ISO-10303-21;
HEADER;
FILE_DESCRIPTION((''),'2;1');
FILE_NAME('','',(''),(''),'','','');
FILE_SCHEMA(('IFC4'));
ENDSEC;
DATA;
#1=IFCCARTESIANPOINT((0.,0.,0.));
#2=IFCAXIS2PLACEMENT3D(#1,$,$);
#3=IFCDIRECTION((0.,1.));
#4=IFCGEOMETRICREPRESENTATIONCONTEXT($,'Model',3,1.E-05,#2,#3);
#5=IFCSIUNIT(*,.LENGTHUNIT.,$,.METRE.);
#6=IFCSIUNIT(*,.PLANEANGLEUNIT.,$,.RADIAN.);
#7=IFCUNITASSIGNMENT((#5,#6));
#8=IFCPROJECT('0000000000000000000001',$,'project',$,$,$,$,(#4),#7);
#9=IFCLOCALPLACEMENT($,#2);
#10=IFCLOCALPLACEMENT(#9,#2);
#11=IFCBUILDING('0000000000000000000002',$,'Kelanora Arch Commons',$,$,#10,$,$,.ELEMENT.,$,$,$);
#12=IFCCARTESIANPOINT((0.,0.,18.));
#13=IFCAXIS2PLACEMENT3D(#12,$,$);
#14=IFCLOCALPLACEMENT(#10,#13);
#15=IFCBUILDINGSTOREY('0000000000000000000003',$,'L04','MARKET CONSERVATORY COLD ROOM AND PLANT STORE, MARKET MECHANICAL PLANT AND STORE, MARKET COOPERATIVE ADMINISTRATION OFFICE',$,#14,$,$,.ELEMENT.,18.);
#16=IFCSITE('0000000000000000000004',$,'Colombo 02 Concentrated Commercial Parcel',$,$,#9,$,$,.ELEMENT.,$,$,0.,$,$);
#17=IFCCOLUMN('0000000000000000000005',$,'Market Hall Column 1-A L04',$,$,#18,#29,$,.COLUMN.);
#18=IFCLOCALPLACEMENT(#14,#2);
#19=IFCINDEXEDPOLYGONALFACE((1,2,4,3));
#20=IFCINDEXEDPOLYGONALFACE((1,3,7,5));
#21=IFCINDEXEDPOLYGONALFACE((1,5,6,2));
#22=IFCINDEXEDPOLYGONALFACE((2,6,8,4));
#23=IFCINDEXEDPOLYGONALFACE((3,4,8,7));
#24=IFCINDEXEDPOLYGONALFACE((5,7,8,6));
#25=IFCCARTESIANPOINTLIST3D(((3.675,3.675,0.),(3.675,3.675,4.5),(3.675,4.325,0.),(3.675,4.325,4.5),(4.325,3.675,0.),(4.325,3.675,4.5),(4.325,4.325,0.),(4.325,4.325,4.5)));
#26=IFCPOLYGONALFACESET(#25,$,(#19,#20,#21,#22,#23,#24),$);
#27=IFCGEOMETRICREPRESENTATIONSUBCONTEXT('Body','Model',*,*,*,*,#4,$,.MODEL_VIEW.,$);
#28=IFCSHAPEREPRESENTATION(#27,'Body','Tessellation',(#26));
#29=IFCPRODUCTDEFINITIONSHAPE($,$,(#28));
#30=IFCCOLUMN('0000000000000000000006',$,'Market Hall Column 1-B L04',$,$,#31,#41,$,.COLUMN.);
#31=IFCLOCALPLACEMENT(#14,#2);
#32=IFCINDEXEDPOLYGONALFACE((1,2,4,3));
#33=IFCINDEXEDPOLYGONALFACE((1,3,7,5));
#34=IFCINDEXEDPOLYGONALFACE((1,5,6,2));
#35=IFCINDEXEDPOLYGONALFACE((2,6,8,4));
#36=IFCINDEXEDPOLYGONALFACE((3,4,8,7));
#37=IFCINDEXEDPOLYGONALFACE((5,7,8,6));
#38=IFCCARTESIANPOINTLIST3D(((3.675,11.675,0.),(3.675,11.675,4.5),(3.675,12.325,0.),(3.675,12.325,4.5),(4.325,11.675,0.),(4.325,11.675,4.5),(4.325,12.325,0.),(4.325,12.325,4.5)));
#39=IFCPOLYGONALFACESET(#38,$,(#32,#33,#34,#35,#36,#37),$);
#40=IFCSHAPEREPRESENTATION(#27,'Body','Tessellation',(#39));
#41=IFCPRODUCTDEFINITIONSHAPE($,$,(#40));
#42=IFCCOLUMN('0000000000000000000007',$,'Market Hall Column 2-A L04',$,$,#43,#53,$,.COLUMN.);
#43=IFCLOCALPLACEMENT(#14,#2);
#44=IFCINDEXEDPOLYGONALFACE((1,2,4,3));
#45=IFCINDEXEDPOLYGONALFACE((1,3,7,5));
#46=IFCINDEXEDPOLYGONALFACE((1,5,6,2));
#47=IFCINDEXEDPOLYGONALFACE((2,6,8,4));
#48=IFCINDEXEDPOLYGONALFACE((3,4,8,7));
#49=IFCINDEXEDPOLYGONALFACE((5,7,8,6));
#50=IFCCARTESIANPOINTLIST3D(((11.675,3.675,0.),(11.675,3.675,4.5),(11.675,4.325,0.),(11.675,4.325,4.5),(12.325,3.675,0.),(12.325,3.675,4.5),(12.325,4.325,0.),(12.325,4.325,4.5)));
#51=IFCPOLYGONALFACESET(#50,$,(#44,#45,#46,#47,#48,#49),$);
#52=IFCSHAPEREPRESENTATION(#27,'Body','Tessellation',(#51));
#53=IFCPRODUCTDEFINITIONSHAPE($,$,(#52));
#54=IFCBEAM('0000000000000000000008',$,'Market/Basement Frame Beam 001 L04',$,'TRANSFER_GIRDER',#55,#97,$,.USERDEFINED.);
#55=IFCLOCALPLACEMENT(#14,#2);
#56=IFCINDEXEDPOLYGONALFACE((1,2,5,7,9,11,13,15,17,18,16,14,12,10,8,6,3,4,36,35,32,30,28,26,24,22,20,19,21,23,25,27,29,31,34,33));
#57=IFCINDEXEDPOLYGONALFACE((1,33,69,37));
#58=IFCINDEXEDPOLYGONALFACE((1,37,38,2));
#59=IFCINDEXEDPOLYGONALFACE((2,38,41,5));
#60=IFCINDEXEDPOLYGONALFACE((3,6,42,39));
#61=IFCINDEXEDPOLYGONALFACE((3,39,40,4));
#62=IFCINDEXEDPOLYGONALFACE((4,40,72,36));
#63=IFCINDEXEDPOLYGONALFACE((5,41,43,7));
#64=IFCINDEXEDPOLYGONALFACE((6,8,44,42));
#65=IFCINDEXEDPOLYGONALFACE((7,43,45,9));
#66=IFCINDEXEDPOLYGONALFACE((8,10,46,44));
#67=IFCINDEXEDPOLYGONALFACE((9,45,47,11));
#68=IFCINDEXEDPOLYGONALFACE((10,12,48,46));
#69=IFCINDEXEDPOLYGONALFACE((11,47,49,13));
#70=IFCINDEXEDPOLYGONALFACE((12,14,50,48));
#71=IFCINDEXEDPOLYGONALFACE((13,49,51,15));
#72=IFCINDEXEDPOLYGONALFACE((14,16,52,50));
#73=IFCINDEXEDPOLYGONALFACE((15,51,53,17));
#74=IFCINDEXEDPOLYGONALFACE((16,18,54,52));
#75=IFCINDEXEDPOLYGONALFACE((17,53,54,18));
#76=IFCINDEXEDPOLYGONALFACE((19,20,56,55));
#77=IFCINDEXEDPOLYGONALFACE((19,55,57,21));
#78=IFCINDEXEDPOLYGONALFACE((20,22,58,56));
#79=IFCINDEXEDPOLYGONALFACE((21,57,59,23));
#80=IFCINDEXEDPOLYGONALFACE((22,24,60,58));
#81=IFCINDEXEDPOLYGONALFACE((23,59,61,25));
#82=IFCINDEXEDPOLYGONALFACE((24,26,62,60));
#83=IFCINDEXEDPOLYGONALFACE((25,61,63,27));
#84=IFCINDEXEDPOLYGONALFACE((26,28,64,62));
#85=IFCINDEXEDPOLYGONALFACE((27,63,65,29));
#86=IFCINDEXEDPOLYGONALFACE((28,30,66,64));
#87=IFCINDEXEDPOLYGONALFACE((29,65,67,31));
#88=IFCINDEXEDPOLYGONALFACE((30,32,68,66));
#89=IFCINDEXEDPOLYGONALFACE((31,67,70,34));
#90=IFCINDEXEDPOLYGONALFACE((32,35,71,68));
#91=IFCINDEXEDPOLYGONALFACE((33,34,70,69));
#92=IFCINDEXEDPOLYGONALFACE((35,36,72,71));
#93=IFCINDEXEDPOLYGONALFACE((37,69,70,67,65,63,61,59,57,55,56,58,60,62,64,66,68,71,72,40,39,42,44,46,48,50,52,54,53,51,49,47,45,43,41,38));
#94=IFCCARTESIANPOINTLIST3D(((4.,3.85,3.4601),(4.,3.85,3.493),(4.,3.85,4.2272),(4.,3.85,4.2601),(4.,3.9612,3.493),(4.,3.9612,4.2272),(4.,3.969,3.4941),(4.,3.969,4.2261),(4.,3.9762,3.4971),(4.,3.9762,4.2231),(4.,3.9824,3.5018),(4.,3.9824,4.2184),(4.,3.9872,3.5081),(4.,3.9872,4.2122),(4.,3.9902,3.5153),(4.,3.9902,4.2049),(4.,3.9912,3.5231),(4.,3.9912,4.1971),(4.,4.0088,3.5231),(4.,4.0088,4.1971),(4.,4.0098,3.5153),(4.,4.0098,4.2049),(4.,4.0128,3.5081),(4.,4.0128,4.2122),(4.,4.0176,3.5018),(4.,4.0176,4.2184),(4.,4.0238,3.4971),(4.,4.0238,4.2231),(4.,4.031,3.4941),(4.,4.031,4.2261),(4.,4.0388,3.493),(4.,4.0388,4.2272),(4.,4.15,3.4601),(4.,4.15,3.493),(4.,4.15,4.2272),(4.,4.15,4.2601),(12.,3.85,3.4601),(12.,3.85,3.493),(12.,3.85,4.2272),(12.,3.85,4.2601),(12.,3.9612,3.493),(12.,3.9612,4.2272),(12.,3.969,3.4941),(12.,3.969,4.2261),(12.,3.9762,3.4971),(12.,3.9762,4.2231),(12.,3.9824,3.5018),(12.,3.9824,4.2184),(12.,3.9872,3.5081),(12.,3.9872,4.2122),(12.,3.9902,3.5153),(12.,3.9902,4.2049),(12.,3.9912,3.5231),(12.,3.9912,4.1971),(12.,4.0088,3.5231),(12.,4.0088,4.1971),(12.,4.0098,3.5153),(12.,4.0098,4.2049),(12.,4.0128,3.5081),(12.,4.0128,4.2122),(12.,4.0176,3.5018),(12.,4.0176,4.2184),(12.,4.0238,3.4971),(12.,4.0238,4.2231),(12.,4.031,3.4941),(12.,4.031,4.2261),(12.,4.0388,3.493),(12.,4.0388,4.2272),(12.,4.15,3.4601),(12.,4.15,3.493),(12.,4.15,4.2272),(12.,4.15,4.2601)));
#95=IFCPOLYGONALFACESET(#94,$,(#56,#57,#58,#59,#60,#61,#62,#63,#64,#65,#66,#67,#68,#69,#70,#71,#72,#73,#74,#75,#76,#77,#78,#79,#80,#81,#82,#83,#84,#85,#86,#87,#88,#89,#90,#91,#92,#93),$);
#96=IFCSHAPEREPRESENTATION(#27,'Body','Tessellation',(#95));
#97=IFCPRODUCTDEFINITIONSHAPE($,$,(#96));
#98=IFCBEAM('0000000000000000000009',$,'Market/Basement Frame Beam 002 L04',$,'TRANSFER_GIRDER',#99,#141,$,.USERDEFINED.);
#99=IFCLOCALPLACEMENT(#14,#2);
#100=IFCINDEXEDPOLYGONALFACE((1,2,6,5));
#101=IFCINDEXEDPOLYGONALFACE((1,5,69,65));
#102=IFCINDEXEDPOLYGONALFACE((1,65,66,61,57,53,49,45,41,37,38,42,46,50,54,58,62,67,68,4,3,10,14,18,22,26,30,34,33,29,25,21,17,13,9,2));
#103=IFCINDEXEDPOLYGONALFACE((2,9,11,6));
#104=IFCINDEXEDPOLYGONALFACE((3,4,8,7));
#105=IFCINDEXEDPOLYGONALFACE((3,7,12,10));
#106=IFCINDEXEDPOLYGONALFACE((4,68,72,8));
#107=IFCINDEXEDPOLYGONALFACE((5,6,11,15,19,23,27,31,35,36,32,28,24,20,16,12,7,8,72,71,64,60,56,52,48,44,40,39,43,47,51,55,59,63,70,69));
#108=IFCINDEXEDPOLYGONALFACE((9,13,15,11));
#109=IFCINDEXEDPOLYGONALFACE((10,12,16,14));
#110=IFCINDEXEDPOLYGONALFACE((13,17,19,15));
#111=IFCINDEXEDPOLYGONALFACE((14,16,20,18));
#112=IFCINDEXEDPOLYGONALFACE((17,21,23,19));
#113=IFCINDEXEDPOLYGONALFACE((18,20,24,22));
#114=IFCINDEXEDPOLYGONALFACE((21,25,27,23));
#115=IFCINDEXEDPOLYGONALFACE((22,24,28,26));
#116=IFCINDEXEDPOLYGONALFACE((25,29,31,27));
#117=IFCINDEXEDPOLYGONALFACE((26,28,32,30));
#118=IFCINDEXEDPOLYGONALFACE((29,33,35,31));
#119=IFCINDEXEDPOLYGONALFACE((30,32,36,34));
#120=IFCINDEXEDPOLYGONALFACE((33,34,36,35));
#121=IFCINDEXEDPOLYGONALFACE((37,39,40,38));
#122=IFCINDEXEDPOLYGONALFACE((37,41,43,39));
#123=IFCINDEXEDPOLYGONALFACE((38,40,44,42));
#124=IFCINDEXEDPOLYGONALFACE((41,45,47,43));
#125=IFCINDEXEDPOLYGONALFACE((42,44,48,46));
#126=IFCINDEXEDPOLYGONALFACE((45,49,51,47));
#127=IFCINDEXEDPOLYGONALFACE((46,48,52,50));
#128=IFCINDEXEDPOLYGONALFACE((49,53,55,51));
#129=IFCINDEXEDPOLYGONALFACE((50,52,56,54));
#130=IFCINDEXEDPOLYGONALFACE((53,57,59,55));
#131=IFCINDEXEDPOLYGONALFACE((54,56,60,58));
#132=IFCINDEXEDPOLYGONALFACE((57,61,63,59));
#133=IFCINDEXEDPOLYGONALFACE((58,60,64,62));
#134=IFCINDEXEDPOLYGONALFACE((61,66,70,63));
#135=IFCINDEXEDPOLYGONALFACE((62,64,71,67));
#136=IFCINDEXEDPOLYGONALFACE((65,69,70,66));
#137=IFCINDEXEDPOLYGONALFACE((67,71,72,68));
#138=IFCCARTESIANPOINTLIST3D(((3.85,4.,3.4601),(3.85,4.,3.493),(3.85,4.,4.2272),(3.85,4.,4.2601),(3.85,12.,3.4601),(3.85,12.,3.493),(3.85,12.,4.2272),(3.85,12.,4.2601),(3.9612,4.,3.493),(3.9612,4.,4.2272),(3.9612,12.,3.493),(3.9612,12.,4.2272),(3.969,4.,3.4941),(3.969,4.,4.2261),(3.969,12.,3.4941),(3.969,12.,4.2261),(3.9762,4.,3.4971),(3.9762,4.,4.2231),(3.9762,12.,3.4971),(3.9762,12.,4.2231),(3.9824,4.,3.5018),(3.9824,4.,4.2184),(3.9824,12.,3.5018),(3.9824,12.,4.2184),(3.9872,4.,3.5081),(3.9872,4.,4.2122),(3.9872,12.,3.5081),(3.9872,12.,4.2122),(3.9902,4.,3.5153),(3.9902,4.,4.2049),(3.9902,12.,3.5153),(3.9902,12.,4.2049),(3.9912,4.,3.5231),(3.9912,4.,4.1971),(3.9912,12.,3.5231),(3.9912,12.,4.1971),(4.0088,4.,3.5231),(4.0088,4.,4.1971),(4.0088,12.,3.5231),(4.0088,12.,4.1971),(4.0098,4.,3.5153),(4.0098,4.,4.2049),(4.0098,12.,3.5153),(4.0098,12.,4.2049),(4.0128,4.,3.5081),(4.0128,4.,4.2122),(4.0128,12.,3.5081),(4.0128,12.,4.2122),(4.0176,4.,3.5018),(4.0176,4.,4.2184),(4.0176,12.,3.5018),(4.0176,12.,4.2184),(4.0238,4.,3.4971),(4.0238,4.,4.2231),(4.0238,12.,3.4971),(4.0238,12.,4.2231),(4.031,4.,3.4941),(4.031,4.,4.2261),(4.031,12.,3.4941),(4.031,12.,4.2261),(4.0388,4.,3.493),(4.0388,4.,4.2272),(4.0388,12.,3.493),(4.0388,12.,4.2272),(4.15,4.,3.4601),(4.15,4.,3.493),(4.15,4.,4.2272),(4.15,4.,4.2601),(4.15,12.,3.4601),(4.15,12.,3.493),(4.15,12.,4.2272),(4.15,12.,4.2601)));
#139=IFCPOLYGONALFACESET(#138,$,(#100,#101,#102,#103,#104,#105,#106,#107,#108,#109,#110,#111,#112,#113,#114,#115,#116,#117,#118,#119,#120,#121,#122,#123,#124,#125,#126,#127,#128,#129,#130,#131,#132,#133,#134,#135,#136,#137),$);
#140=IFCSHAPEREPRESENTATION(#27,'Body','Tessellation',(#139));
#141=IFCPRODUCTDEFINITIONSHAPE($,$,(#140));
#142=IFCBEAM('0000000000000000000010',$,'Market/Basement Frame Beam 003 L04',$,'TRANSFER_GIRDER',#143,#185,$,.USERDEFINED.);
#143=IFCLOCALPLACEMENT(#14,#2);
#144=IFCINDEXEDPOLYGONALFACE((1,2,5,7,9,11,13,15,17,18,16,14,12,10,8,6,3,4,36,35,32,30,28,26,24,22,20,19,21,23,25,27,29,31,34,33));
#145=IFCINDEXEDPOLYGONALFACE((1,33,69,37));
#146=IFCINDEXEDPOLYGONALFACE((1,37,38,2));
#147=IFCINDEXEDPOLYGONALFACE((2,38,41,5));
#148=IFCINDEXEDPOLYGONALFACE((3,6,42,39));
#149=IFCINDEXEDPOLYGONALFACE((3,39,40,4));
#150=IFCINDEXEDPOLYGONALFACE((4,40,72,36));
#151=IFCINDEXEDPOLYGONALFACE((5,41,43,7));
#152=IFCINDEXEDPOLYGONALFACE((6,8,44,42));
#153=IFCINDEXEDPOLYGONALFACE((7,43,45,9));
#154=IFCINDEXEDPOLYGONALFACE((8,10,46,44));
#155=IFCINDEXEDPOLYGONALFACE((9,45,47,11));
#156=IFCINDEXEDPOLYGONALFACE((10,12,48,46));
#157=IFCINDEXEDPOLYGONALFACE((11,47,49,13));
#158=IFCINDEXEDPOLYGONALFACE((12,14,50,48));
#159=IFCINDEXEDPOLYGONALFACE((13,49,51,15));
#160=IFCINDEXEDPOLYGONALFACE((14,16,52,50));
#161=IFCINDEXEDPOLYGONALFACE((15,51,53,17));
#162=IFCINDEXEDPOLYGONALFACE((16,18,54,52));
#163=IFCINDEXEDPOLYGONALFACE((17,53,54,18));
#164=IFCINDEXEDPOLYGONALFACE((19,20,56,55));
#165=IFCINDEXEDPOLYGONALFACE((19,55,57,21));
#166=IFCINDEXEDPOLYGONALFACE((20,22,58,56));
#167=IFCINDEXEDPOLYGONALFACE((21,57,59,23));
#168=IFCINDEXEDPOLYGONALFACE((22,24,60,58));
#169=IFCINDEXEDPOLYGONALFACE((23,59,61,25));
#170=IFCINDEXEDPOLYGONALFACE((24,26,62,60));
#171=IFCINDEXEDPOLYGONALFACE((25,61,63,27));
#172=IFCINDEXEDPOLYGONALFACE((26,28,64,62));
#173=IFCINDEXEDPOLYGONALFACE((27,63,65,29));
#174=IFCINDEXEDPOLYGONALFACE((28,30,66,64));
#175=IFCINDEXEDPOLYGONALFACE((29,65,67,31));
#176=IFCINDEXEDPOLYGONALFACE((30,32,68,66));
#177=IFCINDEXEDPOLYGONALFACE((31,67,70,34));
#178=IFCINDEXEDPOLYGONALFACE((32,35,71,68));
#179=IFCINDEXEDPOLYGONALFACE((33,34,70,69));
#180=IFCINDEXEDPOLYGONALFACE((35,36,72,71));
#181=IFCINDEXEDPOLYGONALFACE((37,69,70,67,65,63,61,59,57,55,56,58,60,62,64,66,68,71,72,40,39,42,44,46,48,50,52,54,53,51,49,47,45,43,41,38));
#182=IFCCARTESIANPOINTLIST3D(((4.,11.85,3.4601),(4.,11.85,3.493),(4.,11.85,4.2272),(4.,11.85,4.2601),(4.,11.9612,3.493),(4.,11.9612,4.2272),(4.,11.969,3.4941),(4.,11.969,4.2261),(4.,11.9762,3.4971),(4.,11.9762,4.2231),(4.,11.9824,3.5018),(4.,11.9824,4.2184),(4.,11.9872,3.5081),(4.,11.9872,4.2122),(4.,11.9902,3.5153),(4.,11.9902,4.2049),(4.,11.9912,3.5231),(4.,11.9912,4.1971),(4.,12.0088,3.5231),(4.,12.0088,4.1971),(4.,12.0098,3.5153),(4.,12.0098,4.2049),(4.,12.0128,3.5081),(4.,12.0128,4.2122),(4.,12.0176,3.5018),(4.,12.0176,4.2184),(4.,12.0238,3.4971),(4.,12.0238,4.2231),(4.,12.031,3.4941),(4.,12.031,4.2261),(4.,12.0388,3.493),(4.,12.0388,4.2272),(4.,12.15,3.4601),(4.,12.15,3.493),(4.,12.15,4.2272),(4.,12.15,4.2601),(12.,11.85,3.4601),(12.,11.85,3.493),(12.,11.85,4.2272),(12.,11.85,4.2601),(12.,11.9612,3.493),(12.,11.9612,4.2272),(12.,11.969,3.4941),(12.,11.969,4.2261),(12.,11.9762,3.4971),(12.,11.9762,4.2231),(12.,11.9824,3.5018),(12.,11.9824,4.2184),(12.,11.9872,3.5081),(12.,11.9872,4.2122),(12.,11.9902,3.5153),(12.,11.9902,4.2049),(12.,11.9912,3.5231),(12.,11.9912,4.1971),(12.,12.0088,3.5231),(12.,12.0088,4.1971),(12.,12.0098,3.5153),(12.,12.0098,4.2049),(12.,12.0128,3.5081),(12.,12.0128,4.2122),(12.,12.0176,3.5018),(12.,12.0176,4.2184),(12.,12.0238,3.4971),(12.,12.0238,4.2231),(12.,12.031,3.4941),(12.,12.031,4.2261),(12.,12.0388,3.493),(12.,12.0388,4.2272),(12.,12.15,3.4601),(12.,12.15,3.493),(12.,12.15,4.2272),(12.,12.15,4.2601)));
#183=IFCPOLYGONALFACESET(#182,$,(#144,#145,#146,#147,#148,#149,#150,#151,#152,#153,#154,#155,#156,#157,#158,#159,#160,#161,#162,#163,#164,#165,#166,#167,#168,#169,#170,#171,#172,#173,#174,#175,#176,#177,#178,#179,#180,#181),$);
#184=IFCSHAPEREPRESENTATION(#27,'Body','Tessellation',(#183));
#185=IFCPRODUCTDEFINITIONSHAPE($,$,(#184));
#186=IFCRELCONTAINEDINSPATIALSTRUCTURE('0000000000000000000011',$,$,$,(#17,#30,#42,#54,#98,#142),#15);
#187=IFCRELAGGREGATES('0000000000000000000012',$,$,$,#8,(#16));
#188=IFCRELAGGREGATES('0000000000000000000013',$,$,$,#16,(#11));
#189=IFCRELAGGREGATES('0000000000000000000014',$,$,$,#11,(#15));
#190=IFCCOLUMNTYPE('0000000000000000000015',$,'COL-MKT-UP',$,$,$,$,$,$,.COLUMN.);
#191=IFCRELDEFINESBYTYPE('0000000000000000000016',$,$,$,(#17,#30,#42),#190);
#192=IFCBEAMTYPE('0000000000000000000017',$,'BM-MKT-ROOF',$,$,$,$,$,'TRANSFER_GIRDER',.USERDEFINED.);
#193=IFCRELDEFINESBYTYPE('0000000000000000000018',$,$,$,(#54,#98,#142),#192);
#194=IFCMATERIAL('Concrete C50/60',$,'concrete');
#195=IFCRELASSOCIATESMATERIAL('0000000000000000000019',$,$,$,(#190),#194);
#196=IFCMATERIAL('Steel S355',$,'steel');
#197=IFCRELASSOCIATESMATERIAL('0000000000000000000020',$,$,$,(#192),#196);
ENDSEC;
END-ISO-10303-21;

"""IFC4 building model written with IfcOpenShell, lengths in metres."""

from ifc_helpers import new_model, si_unit, direction, frame, origin, origin_2d, place, context, subcontext, project, spatial, rectangle, i_section, extrude, material, material_profile, profile_set, type_object, element, save


model = new_model("IFC4")

# Units and contexts
model_context = context("Model", 3, precision=1e-05, world=origin(), true_north=direction((0.0, 1.0)))
body_context = subcontext(model_context, "Body", "Model", "MODEL_VIEW")
ifc_project = project(units=[si_unit("LENGTHUNIT", "METRE"), si_unit("PLANEANGLEUNIT", "RADIAN")], contexts=[model_context])

# Site, building, storey
site_placement = place(None, origin())
site = spatial("IfcSite", under=ifc_project, at=site_placement, Name="Colombo 02 Concentrated Commercial Parcel", CompositionType="ELEMENT", RefElevation=0.0)
building_placement = place(site_placement, origin())
building = spatial("IfcBuilding", under=site, at=building_placement, Name="Kelanora Arch Commons", CompositionType="ELEMENT")
storey_placement = place(building_placement, frame((0.0, 0.0, 18.0)))
storey = spatial("IfcBuildingStorey", under=building, at=storey_placement, Name="L04", Description="MARKET CONSERVATORY COLD ROOM AND PLANT STORE, MARKET MECHANICAL PLANT AND STORE, MARKET COOPERATIVE ADMINISTRATION OFFICE", CompositionType="ELEMENT", Elevation=18.0)

# Columns
ifc_material_1 = material(Name="Concrete C50/60", Category="concrete")
ifc_material_profile_1 = material_profile(ifc_material_1, rectangle(XDim=0.6499, YDim=0.6499, at=origin_2d()), Name="RC650x650")
ifc_profile_set_1 = profile_set([ifc_material_profile_1], Name="Concrete C50/60")
column_type = type_object("IfcColumnType", Name="COL-MKT-UP", PredefinedType="COLUMN", material=ifc_profile_set_1)
for number, where, z_axis, x_axis, name in (
    (1, (4.0, 4.0, 0.0), (0.0, 0.0, 1.0), (1.0, 0.0, 0.0), "Market Hall Column 1-A L04"),
    (2, (4.0, 12.0, 0.0), (0.0, 0.0, 1.0), (1.0, 0.0, 0.0), "Market Hall Column 1-B L04"),
    (3, (12.0, 4.0, 0.0), (0.0, 0.0, 1.0), (1.0, 0.0, 0.0), "Market Hall Column 2-A L04"),
):
    element("IfcColumn", number, at=place(storey_placement, frame(where, z_axis=z_axis, x_axis=x_axis)), inside=storey, type_object=column_type, Name=name, PredefinedType="COLUMN", context=body_context, shape_type="SweptSolid", body=[
        extrude(rectangle(XDim=0.6499, YDim=0.6499, at=origin_2d()), origin(), (0.0, 0.0, 1.0), 4.5),
    ])

# Beams
ifc_material_2 = material(Name="Steel S355", Category="steel")
ifc_material_profile_2 = material_profile(ifc_material_2, i_section(OverallWidth=0.3, OverallDepth=0.8, WebThickness=0.0176, FlangeThickness=0.033, FilletRadius=0.03, at=origin_2d()), Name="HEB800")
ifc_profile_set_2 = profile_set([ifc_material_profile_2], Name="Steel S355")
beam_type = type_object("IfcBeamType", Name="BM-MKT-ROOF", ElementType="TRANSFER_GIRDER", PredefinedType="USERDEFINED", material=ifc_profile_set_2)
for number, where, z_axis, x_axis, name in (
    (4, (4.0, 4.0, 3.8601), (1.0, 0.0, 0.0), (0.0, 1.0, 0.0), "Market/Basement Frame Beam 001 L04"),
    (5, (4.0, 4.0, 3.8601), (0.0, 1.0, 0.0), (-1.0, 0.0, 0.0), "Market/Basement Frame Beam 002 L04"),
    (6, (4.0, 12.0, 3.8601), (1.0, 0.0, 0.0), (0.0, 1.0, 0.0), "Market/Basement Frame Beam 003 L04"),
):
    element("IfcBeam", number, at=place(storey_placement, frame(where, z_axis=z_axis, x_axis=x_axis)), inside=storey, type_object=beam_type, Name=name, ObjectType="TRANSFER_GIRDER", PredefinedType="USERDEFINED", context=body_context, shape_type="SweptSolid", body=[
        extrude(i_section(OverallWidth=0.3, OverallDepth=0.8, WebThickness=0.0176, FlangeThickness=0.033, FilletRadius=0.03, at=origin_2d()), origin(), (0.0, 0.0, 1.0), 8.0),
    ])

save(model, "model.ifc")
